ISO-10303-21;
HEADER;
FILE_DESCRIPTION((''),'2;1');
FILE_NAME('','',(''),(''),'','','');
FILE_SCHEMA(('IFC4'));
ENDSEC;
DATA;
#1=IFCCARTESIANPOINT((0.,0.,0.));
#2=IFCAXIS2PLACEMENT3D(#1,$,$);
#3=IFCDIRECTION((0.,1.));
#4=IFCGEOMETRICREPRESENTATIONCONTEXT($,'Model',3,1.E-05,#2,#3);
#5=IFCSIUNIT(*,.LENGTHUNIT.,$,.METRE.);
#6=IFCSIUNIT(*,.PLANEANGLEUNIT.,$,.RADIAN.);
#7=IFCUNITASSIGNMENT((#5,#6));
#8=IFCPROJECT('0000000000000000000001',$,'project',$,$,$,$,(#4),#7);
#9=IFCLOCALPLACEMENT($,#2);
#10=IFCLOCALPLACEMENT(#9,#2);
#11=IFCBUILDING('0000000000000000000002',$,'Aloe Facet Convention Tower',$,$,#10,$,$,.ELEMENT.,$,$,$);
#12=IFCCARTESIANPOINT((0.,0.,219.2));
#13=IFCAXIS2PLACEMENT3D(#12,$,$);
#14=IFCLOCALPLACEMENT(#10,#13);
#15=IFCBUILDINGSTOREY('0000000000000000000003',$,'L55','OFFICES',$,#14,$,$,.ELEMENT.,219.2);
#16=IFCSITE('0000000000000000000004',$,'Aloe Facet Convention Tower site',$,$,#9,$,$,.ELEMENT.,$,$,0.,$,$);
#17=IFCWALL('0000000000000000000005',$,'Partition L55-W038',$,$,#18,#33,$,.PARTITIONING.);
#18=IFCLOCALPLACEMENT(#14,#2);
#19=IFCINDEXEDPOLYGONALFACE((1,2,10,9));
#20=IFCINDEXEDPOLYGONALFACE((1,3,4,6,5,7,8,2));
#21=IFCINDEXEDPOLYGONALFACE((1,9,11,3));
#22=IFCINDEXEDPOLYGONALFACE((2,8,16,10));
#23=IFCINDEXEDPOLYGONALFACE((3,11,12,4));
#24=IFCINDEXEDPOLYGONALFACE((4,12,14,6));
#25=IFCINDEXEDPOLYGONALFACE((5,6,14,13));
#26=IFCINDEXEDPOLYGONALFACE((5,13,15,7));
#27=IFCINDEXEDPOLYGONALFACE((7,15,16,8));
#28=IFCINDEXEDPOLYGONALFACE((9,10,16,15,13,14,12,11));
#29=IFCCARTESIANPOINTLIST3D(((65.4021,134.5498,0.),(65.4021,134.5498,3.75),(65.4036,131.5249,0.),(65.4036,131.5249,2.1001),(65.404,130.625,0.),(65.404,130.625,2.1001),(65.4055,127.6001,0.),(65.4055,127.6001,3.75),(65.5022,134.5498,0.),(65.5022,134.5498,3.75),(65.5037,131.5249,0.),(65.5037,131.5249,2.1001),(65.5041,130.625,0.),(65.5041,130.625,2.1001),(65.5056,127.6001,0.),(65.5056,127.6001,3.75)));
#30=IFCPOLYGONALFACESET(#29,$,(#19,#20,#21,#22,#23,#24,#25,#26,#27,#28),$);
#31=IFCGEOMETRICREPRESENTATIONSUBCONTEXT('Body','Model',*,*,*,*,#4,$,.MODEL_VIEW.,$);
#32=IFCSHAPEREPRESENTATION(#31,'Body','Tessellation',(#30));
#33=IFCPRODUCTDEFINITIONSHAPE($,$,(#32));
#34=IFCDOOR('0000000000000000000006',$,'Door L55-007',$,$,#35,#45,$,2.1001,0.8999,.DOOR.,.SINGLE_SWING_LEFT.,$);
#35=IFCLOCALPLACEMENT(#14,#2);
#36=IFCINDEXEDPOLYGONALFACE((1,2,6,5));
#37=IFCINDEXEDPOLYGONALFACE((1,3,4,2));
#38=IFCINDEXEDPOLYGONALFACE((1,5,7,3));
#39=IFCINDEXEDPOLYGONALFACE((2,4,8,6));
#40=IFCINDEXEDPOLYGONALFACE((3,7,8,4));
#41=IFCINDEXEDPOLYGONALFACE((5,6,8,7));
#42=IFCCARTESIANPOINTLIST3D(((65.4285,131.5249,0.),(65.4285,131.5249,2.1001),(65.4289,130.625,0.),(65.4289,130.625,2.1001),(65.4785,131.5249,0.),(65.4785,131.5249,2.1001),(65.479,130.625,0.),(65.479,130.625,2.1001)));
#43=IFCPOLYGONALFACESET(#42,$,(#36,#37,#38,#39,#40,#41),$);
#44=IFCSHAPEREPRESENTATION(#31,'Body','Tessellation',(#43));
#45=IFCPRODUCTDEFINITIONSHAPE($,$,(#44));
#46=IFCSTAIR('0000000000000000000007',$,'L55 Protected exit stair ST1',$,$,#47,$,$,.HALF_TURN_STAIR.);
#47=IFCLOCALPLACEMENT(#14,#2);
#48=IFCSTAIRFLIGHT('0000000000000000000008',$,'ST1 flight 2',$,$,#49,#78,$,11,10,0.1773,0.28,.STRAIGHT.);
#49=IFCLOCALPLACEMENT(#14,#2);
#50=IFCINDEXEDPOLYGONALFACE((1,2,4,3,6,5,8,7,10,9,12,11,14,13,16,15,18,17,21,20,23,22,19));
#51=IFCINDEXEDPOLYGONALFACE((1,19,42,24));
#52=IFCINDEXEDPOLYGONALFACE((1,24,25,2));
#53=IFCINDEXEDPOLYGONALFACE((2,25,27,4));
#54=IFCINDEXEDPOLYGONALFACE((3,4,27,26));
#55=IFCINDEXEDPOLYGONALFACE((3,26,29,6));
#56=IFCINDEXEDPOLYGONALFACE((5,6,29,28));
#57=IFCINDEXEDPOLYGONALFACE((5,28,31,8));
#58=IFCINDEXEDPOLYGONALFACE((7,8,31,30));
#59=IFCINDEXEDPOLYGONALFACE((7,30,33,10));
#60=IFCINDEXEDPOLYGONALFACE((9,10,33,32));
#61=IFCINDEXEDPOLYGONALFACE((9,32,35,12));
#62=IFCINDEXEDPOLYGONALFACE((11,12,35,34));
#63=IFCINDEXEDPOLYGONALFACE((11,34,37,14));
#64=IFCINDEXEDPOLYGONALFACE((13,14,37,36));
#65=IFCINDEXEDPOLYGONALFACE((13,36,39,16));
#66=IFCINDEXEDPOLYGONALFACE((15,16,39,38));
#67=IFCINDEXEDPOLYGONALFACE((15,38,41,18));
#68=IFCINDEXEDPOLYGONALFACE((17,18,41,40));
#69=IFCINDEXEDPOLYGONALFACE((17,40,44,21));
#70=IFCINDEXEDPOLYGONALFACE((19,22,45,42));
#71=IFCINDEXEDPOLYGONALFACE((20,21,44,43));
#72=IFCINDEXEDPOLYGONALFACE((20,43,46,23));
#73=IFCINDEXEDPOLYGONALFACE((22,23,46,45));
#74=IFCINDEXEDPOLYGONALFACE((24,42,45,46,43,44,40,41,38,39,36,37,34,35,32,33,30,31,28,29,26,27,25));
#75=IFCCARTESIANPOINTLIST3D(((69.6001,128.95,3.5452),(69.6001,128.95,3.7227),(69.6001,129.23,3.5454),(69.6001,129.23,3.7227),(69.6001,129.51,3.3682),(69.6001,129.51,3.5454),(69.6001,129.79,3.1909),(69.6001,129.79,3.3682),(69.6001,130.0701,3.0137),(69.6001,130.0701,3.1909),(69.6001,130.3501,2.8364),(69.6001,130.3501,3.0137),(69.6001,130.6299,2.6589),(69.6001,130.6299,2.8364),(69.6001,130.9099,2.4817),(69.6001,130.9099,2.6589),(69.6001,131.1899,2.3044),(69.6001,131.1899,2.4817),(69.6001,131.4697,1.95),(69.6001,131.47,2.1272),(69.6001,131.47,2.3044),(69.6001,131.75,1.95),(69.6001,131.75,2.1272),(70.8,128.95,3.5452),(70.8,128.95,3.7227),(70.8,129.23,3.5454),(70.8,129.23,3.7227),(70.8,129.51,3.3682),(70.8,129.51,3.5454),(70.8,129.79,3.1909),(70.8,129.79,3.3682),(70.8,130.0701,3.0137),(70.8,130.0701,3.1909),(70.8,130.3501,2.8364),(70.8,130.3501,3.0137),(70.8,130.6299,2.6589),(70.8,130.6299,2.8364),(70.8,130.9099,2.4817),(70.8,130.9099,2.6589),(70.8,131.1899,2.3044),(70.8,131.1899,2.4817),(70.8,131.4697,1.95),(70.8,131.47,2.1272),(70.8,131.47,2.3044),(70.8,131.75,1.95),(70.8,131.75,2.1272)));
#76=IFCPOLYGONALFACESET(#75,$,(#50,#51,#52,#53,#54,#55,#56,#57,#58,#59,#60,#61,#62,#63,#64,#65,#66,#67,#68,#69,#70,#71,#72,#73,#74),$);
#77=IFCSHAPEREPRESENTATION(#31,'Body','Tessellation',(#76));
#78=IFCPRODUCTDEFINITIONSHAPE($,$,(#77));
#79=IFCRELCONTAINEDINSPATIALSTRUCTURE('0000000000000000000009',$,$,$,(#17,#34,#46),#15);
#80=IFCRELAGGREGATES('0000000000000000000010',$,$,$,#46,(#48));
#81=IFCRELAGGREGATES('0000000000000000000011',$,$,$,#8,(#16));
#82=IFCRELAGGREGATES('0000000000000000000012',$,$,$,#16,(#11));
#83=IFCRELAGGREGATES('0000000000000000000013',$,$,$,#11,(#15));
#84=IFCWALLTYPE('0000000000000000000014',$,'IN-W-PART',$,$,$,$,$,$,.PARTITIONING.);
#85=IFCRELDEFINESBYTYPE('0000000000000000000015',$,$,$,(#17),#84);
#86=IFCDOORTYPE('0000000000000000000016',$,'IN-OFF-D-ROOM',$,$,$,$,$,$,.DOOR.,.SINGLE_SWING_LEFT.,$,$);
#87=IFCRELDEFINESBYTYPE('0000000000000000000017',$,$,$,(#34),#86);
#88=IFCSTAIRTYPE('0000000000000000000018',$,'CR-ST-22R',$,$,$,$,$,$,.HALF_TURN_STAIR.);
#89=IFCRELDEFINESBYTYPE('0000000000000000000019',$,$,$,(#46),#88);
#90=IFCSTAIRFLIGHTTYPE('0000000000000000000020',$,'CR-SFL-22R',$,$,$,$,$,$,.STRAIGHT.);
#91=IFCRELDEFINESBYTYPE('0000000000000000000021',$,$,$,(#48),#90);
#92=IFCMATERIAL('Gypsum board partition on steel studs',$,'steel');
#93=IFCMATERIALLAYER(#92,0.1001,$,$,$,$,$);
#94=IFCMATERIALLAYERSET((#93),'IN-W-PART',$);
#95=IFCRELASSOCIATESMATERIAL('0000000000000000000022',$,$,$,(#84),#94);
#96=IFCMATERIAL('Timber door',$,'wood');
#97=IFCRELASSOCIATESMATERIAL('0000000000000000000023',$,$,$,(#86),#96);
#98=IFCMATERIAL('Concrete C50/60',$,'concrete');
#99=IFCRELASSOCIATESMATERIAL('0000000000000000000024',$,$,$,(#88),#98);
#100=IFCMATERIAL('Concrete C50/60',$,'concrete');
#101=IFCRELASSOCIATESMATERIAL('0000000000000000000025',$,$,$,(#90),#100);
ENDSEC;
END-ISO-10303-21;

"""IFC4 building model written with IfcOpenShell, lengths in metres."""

from ifc_helpers import new_model, si_unit, direction, frame, frame_2d, origin, place, context, subcontext, project, spatial, polyline, rectangle, outline, extrude, material, layer, layer_set, type_object, element, fill, aggregate, save


model = new_model("IFC4")

# Units and contexts
model_context = context("Model", 3, precision=1e-05, world=origin(), true_north=direction((0.0, 1.0)))
body_context = subcontext(model_context, "Body", "Model", "MODEL_VIEW")
ifc_project = project(units=[si_unit("LENGTHUNIT", "METRE"), si_unit("PLANEANGLEUNIT", "RADIAN")], contexts=[model_context])

# Site, building, storey
site_placement = place(None, origin())
site = spatial("IfcSite", under=ifc_project, at=site_placement, Name="Aloe Facet Convention Tower site", CompositionType="ELEMENT", RefElevation=0.0)
building_placement = place(site_placement, origin())
building = spatial("IfcBuilding", under=site, at=building_placement, Name="Aloe Facet Convention Tower", CompositionType="ELEMENT")
storey_placement = place(building_placement, frame((0.0, 0.0, 219.2)))
storey = spatial("IfcBuildingStorey", under=building, at=storey_placement, Name="L55", Description="OFFICES", CompositionType="ELEMENT", Elevation=219.2)

# Wall, opening, door
ifc_material_1 = material(Name="Gypsum board partition on steel studs", Category="steel")
ifc_layer_1 = layer(ifc_material_1, 0.1001)
ifc_layer_set_1 = layer_set([ifc_layer_1], Name="IN-W-PART")
wall_type_1 = type_object("IfcWallType", Name="IN-W-PART", PredefinedType="PARTITIONING", material=ifc_layer_set_1)
wall_1_placement = place(storey_placement, frame((65.4521, 134.5498, 0.0), z_axis=(0.0, 0.0, 1.0), x_axis=(0.000492, -1.0, 0.0)))
wall_1 = element("IfcWall", 1, at=wall_1_placement, inside=storey, type_object=wall_type_1, Name="Partition L55-W038", PredefinedType="PARTITIONING", context=body_context, shape_type="SweptSolid", body=[
    extrude(rectangle(XDim=6.9497, YDim=0.1001, at=frame_2d((3.4749, 0.0))), origin(), (0.0, 0.0, 1.0), 3.75),
])
opening_1_placement = place(wall_1_placement, frame((3.0249, 0.0, 0.0)))
opening_1 = element("IfcOpeningElement", 2, at=opening_1_placement, cuts=wall_1, PredefinedType="OPENING", context=body_context, shape_type="SweptSolid", body=[
    extrude(rectangle(XDim=0.8999, YDim=2.1001, at=frame_2d((0.45, 1.05))), frame((0.0, 0.0601, 0.0), z_axis=(0.0, -1.0, 0.0), x_axis=(1.0, 0.0, 0.0)), (0.0, 0.0, 1.0), 0.1201),
])
ifc_material_2 = material(Name="Timber door", Category="wood")
door_type_1 = type_object("IfcDoorType", Name="IN-OFF-D-ROOM", OperationType="SINGLE_SWING_LEFT", PredefinedType="DOOR", material=ifc_material_2)
door_1_placement = place(opening_1_placement, origin())
door_1 = element("IfcDoor", 3, at=door_1_placement, inside=storey, type_object=door_type_1, Name="Door L55-007", OperationType="SINGLE_SWING_LEFT", OverallHeight=2.1001, OverallWidth=0.8999, PredefinedType="DOOR", context=body_context, shape_type="SweptSolid", body=[
    extrude(rectangle(XDim=0.8999, YDim=2.1001, at=frame_2d((0.45, 1.05))), frame((0.0, 0.0249, 0.0), z_axis=(0.0, -1.0, 0.0), x_axis=(1.0, 0.0, 0.0)), (0.0, 0.0, 1.0), 0.05),
])
fill(opening_1, door_1)

# Stair, stair flight
ifc_material_3 = material(Name="Concrete C50/60", Category="concrete")
stair_type = type_object("IfcStairType", Name="CR-ST-22R", PredefinedType="HALF_TURN_STAIR", material=ifc_material_3)
stair_placement = place(storey_placement, origin())
stair = element("IfcStair", 4, at=stair_placement, inside=storey, type_object=stair_type, Name="L55 Protected exit stair ST1", PredefinedType="HALF_TURN_STAIR")
ifc_material_4 = material(Name="Concrete C50/60", Category="concrete")
stair_flight_type = type_object("IfcStairFlightType", Name="CR-SFL-22R", PredefinedType="STRAIGHT", material=ifc_material_4)
stair_flight_placement = place(storey_placement, frame((70.2, 131.75, 1.95), z_axis=(0.0, 0.0, 1.0), x_axis=(0.0, -1.0, 0.0)))
stair_flight = element("IfcStairFlight", 5, at=stair_flight_placement, type_object=stair_flight_type, Name="ST1 flight 2", NumberOfRisers=11, NumberOfTreads=10, PredefinedType="STRAIGHT", RiserHeight=0.1773, TreadLength=0.28, context=body_context, shape_type="SweptSolid", body=[
    extrude(outline(polyline([(0.0, 0.0), (0.0, 0.1772), (0.28, 0.1772), (0.28, 0.3545), (0.5601, 0.3545), (0.5601, 0.5317), (0.8401, 0.5317), (0.8401, 0.709), (1.1201, 0.709), (1.1201, 0.8865), (1.3999, 0.8865), (1.3999, 1.0637), (1.6799, 1.0637), (1.6799, 1.241), (1.96, 1.241), (1.96, 1.4182), (2.24, 1.4182), (2.24, 1.5955), (2.52, 1.5955), (2.52, 1.7727), (2.8, 1.7727), (2.8, 1.95), (2.8, 1.5952), (0.2803, 0.0), (0.0, 0.0)])), frame((0.0, 0.6001, 0.0), z_axis=(0.0, -1.0, 0.0), x_axis=(1.0, 0.0, 0.0)), (0.0, 0.0, 1.0), 1.2),
])
aggregate(stair, [stair_flight])

save(model, "model.ifc")
